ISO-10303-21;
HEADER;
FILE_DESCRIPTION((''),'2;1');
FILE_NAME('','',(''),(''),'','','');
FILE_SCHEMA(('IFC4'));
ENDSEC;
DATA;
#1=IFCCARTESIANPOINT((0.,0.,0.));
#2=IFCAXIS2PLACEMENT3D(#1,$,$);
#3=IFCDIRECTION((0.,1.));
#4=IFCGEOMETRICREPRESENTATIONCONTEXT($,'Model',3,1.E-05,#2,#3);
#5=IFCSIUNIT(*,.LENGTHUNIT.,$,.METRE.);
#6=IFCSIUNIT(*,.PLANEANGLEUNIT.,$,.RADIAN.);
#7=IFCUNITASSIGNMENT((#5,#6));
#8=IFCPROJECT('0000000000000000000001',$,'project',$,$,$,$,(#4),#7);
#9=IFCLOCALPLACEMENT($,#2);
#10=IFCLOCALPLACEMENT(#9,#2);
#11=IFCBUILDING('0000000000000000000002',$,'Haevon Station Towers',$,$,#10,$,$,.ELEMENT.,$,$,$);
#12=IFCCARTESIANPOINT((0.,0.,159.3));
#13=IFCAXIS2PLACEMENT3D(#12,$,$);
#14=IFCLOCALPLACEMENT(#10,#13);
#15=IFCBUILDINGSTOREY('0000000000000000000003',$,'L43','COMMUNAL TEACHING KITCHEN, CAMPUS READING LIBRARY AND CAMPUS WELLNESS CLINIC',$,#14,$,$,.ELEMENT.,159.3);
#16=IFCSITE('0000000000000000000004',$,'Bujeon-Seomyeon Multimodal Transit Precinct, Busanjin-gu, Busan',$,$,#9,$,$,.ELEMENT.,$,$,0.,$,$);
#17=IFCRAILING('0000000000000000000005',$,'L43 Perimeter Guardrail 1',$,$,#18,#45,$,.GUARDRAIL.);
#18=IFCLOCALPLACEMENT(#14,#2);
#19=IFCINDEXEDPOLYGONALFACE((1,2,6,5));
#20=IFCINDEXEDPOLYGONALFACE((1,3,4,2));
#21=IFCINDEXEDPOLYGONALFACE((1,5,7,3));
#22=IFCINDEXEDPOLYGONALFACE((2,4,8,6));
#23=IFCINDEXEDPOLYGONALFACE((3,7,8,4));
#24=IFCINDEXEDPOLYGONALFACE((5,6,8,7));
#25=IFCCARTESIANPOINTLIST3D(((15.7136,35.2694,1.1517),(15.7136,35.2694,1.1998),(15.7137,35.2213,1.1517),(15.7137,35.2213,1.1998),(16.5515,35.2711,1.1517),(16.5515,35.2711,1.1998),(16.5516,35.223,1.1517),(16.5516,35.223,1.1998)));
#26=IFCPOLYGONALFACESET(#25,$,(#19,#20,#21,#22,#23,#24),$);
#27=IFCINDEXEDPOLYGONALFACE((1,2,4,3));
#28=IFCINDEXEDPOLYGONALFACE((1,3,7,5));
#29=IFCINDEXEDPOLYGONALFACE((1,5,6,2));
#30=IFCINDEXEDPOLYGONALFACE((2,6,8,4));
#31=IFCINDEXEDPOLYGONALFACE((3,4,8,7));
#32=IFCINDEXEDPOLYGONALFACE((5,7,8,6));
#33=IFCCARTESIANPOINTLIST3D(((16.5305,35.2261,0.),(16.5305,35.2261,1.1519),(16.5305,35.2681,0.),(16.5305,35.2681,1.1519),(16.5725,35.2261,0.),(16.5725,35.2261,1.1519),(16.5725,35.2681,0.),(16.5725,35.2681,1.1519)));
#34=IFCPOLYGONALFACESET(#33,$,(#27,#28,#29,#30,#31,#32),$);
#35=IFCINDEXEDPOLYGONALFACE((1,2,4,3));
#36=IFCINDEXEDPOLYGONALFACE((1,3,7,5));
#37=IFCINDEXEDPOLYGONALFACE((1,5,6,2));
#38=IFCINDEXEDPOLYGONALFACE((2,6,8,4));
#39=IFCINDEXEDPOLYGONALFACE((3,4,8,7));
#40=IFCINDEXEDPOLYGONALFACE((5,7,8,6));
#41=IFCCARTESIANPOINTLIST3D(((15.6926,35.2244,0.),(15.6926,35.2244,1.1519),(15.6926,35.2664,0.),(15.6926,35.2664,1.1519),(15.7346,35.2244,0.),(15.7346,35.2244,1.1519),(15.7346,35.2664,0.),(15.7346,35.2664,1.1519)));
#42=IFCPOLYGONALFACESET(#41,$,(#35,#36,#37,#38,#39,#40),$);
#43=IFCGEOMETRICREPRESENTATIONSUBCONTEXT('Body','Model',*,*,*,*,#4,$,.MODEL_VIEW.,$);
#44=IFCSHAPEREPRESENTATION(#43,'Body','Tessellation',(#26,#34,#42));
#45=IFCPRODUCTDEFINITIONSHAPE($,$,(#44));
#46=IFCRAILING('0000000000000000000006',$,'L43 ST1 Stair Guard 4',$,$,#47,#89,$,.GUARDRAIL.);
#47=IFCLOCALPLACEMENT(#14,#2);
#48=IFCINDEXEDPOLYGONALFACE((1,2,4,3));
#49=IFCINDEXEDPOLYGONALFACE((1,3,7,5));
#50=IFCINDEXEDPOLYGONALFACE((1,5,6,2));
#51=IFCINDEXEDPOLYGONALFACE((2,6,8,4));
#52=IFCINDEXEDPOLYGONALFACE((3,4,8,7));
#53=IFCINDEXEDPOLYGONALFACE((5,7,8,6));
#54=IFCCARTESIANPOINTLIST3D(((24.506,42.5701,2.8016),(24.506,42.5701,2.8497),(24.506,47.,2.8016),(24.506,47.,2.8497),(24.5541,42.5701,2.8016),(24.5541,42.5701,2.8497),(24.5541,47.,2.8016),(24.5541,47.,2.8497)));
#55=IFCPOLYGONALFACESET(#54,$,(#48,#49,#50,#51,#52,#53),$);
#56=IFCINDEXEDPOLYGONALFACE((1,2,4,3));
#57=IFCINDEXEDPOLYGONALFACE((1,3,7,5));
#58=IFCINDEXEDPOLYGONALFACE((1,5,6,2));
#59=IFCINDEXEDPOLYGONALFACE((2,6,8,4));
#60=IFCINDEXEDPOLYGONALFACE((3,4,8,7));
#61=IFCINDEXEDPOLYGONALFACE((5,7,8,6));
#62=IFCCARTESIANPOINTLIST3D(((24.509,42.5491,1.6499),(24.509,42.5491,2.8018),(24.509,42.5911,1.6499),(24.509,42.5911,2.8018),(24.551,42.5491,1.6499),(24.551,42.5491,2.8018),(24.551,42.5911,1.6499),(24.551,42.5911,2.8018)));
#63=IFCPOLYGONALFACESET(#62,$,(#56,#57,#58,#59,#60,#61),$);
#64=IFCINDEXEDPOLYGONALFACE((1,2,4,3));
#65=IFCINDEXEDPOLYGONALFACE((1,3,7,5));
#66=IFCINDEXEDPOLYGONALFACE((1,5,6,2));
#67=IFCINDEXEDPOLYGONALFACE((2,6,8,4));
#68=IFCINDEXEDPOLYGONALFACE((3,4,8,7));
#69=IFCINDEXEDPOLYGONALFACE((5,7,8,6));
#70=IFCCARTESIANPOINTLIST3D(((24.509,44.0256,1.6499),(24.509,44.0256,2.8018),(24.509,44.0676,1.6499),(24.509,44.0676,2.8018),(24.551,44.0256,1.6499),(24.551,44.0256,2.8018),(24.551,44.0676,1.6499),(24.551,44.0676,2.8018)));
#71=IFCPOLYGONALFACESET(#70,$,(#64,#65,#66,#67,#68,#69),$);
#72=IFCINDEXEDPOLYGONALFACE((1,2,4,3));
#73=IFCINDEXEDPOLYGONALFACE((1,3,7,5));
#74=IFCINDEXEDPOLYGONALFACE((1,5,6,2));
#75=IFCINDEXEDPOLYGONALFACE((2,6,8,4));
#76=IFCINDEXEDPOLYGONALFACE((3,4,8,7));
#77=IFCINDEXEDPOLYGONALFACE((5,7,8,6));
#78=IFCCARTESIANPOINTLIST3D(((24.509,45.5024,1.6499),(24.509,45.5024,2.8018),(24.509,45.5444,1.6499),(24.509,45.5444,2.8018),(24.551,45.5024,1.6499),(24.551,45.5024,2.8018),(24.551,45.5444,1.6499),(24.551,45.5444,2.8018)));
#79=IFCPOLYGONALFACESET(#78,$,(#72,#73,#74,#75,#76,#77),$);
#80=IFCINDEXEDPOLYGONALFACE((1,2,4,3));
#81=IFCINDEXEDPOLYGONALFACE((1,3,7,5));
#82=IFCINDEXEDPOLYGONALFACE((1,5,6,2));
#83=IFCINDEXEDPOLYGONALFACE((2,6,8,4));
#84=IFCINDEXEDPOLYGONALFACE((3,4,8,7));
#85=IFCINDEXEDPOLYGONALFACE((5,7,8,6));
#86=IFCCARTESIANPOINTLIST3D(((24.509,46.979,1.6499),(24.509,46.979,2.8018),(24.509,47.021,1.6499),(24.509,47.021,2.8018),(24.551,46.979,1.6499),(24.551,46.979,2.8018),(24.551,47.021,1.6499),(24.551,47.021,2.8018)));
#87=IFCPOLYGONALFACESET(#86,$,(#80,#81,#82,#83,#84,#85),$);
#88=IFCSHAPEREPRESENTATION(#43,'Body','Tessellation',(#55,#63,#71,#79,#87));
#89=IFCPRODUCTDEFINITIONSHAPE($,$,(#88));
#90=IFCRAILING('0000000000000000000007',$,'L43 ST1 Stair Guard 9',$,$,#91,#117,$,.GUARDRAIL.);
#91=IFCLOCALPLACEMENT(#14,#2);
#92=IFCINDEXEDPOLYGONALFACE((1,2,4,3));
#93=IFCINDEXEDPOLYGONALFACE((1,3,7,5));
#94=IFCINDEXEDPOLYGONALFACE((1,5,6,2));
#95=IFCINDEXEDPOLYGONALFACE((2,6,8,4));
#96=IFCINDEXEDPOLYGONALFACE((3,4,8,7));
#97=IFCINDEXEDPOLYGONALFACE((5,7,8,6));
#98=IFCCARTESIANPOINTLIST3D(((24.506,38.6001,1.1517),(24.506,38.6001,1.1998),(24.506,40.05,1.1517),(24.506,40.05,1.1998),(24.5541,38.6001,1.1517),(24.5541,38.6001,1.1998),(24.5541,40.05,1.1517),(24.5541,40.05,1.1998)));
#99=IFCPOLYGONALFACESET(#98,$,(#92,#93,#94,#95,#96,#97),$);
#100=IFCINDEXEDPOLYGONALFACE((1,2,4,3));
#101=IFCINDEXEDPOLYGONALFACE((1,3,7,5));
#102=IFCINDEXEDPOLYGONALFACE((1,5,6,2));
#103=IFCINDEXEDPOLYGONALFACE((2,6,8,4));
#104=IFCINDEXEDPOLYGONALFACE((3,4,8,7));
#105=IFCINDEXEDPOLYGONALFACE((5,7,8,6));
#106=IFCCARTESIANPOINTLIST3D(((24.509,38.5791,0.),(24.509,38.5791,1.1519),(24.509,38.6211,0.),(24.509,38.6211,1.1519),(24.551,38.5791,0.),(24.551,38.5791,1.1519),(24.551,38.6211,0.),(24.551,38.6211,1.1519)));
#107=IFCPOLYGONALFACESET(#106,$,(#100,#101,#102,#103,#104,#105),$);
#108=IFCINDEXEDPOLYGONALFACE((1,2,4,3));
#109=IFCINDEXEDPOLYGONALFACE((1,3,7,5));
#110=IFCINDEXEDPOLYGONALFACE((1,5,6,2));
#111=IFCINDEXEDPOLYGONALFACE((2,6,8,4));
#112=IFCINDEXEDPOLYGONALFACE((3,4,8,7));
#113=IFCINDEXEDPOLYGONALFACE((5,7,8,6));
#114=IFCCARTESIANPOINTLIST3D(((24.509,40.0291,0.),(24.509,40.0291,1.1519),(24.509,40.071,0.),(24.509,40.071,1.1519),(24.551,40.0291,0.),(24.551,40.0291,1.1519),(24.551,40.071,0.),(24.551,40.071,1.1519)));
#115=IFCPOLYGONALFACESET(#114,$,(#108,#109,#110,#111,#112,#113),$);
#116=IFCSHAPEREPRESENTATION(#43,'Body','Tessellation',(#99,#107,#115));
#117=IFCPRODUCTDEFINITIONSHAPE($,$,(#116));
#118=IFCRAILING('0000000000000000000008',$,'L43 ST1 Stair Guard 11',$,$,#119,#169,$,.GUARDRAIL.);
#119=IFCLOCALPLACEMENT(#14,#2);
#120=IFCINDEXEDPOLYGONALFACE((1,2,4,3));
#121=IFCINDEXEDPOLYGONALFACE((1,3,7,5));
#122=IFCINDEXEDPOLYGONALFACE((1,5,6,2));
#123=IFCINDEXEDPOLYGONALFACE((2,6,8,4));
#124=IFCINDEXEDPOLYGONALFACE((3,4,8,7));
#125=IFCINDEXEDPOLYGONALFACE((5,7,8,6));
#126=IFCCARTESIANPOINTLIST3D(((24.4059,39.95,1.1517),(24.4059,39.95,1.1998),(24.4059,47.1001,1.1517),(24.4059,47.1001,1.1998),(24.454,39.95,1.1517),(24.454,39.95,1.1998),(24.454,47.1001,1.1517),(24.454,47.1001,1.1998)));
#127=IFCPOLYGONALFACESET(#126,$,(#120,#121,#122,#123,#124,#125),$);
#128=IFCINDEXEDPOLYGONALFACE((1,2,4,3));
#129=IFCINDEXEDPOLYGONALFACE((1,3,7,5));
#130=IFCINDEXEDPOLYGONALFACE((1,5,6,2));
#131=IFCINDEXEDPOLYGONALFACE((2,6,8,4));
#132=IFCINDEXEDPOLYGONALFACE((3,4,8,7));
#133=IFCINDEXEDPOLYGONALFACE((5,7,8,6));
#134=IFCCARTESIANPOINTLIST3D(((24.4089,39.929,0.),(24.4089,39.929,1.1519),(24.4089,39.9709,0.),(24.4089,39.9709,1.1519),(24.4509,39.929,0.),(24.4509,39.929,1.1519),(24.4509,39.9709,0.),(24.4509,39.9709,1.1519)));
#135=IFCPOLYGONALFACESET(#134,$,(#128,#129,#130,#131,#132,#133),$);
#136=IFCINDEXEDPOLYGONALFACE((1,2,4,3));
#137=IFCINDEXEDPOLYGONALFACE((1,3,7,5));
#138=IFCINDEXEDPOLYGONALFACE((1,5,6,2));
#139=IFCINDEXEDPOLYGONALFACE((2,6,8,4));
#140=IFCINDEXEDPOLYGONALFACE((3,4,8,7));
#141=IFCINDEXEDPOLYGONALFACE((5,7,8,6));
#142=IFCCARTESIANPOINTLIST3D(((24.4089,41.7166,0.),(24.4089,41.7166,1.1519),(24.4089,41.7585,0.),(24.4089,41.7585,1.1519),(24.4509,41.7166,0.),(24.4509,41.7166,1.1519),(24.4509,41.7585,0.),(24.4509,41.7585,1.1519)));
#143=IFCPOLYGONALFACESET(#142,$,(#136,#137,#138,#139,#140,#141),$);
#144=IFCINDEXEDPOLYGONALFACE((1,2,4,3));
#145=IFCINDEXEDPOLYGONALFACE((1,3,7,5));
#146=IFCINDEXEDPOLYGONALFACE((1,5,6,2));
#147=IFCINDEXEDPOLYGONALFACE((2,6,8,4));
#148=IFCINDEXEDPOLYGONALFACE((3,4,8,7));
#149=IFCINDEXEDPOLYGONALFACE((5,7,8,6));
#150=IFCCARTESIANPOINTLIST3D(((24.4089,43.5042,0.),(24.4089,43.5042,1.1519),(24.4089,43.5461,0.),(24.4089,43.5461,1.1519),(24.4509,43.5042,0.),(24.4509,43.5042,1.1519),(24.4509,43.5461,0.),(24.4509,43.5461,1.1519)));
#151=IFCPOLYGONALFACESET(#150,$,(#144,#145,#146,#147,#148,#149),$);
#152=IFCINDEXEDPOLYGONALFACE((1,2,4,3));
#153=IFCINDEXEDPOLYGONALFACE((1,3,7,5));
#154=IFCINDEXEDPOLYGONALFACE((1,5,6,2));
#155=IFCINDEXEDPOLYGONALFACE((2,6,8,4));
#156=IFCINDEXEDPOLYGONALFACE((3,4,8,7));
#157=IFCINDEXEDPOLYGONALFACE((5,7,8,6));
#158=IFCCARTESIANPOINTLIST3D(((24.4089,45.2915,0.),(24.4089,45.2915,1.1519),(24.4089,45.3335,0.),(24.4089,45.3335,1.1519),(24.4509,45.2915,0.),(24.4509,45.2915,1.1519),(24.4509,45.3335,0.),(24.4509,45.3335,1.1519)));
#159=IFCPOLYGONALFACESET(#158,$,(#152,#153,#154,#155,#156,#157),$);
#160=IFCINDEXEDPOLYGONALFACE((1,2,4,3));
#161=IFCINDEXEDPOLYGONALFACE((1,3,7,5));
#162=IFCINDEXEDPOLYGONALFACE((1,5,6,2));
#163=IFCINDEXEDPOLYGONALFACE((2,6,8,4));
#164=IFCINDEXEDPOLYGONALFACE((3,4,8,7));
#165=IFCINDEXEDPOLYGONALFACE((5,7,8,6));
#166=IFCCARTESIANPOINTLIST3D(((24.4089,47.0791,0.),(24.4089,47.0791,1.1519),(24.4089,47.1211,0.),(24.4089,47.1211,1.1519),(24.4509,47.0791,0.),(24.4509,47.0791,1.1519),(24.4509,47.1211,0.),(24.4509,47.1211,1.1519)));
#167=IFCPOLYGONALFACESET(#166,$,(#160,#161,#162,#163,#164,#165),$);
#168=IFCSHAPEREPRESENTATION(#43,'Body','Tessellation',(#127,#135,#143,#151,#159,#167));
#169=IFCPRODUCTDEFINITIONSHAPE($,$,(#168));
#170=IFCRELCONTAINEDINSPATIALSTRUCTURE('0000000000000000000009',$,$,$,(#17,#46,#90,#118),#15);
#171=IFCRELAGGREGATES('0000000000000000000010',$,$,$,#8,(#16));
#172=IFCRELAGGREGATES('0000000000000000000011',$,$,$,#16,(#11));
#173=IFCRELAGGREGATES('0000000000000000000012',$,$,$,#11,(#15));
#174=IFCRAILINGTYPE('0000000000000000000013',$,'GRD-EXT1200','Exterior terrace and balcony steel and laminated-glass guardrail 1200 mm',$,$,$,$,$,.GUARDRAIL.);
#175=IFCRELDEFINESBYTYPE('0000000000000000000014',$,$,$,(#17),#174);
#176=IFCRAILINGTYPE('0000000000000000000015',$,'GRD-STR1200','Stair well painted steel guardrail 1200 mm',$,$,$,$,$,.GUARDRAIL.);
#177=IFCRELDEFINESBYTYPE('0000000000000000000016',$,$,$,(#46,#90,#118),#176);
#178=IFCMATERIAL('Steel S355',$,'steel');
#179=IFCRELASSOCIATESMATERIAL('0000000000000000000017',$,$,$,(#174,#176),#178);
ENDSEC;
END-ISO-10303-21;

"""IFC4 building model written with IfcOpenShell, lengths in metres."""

from ifc_helpers import new_model, si_unit, direction, frame, origin, origin_2d, place, context, subcontext, project, spatial, rectangle, extrude, material, type_object, element, save


model = new_model("IFC4")

# Units and contexts
model_context = context("Model", 3, precision=1e-05, world=origin(), true_north=direction((0.0, 1.0)))
body_context = subcontext(model_context, "Body", "Model", "MODEL_VIEW")
ifc_project = project(units=[si_unit("LENGTHUNIT", "METRE"), si_unit("PLANEANGLEUNIT", "RADIAN")], contexts=[model_context])

# Site, building, storey
site_placement = place(None, origin())
site = spatial("IfcSite", under=ifc_project, at=site_placement, Name="Bujeon-Seomyeon Multimodal Transit Precinct, Busanjin-gu, Busan", CompositionType="ELEMENT", RefElevation=0.0)
building_placement = place(site_placement, origin())
building = spatial("IfcBuilding", under=site, at=building_placement, Name="Haevon Station Towers", CompositionType="ELEMENT")
storey_placement = place(building_placement, frame((0.0, 0.0, 159.3)))
storey = spatial("IfcBuildingStorey", under=building, at=storey_placement, Name="L43", Description="COMMUNAL TEACHING KITCHEN, CAMPUS READING LIBRARY AND CAMPUS WELLNESS CLINIC", CompositionType="ELEMENT", Elevation=159.3)

# Shared definitions
ifc_material_1 = material(Name="Steel S355", Category="steel")

# Railings
railing_type_1 = type_object("IfcRailingType", Name="GRD-EXT1200", Description="Exterior terrace and balcony steel and laminated-glass guardrail 1200 mm", PredefinedType="GUARDRAIL", material=ifc_material_1)
railing_1_placement = place(storey_placement, frame((16.5515, 35.2471, 0.0)))
element("IfcRailing", 1, at=railing_1_placement, inside=storey, type_object=railing_type_1, Name="L43 Perimeter Guardrail 1", PredefinedType="GUARDRAIL", context=body_context, shape_type="SweptSolid", body=[
    extrude(rectangle(XDim=0.0481, YDim=0.0481, at=origin_2d()), frame((0.0, 0.0, 1.1758), z_axis=(-0.999998, -0.00204, 0.0), x_axis=(0.00204, -0.999998, 0.0)), (0.0, 0.0, 1.0), 0.8379),
    extrude(rectangle(XDim=0.042, YDim=0.042, at=origin_2d()), origin(), (0.0, 0.0, 1.0), 1.1519),
    extrude(rectangle(XDim=0.042, YDim=0.042, at=origin_2d()), frame((-0.8379, -0.0017, 0.0)), (0.0, 0.0, 1.0), 1.1519),
])
railing_type_2 = type_object("IfcRailingType", Name="GRD-STR1200", Description="Stair well painted steel guardrail 1200 mm", PredefinedType="GUARDRAIL", material=ifc_material_1)
railing_2_placement = place(storey_placement, frame((24.53, 42.5701, 1.6499)))
element("IfcRailing", 2, at=railing_2_placement, inside=storey, type_object=railing_type_2, Name="L43 ST1 Stair Guard 4", PredefinedType="GUARDRAIL", context=body_context, shape_type="SweptSolid", body=[
    extrude(rectangle(XDim=0.0481, YDim=0.0481, at=origin_2d()), frame((0.0, 0.0, 1.1758), z_axis=(0.0, 1.0, 0.0), x_axis=(-1.0, 0.0, 0.0)), (0.0, 0.0, 1.0), 4.4299),
    extrude(rectangle(XDim=0.042, YDim=0.042, at=origin_2d()), origin(), (0.0, 0.0, 1.0), 1.1519),
    extrude(rectangle(XDim=0.042, YDim=0.042, at=origin_2d()), frame((0.0, 1.4766, 0.0)), (0.0, 0.0, 1.0), 1.1519),
    extrude(rectangle(XDim=0.042, YDim=0.042, at=origin_2d()), frame((0.0, 2.9534, 0.0)), (0.0, 0.0, 1.0), 1.1519),
    extrude(rectangle(XDim=0.042, YDim=0.042, at=origin_2d()), frame((0.0, 4.4299, 0.0)), (0.0, 0.0, 1.0), 1.1519),
])
railing_3_placement = place(storey_placement, frame((24.53, 38.6001, 0.0)))
element("IfcRailing", 3, at=railing_3_placement, inside=storey, type_object=railing_type_2, Name="L43 ST1 Stair Guard 9", PredefinedType="GUARDRAIL", context=body_context, shape_type="SweptSolid", body=[
    extrude(rectangle(XDim=0.0481, YDim=0.0481, at=origin_2d()), frame((0.0, 0.0, 1.1758), z_axis=(0.0, 1.0, 0.0), x_axis=(-1.0, 0.0, 0.0)), (0.0, 0.0, 1.0), 1.45),
    extrude(rectangle(XDim=0.042, YDim=0.042, at=origin_2d()), origin(), (0.0, 0.0, 1.0), 1.1519),
    extrude(rectangle(XDim=0.042, YDim=0.042, at=origin_2d()), frame((0.0, 1.45, 0.0)), (0.0, 0.0, 1.0), 1.1519),
])
railing_4_placement = place(storey_placement, frame((24.4299, 39.95, 0.0)))
element("IfcRailing", 4, at=railing_4_placement, inside=storey, type_object=railing_type_2, Name="L43 ST1 Stair Guard 11", PredefinedType="GUARDRAIL", context=body_context, shape_type="SweptSolid", body=[
    extrude(rectangle(XDim=0.0481, YDim=0.0481, at=origin_2d()), frame((0.0, 0.0, 1.1758), z_axis=(0.0, 1.0, 0.0), x_axis=(-1.0, 0.0, 0.0)), (0.0, 0.0, 1.0), 7.1501),
    extrude(rectangle(XDim=0.042, YDim=0.042, at=origin_2d()), origin(), (0.0, 0.0, 1.0), 1.1519),
    extrude(rectangle(XDim=0.042, YDim=0.042, at=origin_2d()), frame((0.0, 1.7876, 0.0)), (0.0, 0.0, 1.0), 1.1519),
    extrude(rectangle(XDim=0.042, YDim=0.042, at=origin_2d()), frame((0.0, 3.5752, 0.0)), (0.0, 0.0, 1.0), 1.1519),
    extrude(rectangle(XDim=0.042, YDim=0.042, at=origin_2d()), frame((0.0, 5.3625, 0.0)), (0.0, 0.0, 1.0), 1.1519),
    extrude(rectangle(XDim=0.042, YDim=0.042, at=origin_2d()), frame((0.0, 7.1501, 0.0)), (0.0, 0.0, 1.0), 1.1519),
])

save(model, "model.ifc")
